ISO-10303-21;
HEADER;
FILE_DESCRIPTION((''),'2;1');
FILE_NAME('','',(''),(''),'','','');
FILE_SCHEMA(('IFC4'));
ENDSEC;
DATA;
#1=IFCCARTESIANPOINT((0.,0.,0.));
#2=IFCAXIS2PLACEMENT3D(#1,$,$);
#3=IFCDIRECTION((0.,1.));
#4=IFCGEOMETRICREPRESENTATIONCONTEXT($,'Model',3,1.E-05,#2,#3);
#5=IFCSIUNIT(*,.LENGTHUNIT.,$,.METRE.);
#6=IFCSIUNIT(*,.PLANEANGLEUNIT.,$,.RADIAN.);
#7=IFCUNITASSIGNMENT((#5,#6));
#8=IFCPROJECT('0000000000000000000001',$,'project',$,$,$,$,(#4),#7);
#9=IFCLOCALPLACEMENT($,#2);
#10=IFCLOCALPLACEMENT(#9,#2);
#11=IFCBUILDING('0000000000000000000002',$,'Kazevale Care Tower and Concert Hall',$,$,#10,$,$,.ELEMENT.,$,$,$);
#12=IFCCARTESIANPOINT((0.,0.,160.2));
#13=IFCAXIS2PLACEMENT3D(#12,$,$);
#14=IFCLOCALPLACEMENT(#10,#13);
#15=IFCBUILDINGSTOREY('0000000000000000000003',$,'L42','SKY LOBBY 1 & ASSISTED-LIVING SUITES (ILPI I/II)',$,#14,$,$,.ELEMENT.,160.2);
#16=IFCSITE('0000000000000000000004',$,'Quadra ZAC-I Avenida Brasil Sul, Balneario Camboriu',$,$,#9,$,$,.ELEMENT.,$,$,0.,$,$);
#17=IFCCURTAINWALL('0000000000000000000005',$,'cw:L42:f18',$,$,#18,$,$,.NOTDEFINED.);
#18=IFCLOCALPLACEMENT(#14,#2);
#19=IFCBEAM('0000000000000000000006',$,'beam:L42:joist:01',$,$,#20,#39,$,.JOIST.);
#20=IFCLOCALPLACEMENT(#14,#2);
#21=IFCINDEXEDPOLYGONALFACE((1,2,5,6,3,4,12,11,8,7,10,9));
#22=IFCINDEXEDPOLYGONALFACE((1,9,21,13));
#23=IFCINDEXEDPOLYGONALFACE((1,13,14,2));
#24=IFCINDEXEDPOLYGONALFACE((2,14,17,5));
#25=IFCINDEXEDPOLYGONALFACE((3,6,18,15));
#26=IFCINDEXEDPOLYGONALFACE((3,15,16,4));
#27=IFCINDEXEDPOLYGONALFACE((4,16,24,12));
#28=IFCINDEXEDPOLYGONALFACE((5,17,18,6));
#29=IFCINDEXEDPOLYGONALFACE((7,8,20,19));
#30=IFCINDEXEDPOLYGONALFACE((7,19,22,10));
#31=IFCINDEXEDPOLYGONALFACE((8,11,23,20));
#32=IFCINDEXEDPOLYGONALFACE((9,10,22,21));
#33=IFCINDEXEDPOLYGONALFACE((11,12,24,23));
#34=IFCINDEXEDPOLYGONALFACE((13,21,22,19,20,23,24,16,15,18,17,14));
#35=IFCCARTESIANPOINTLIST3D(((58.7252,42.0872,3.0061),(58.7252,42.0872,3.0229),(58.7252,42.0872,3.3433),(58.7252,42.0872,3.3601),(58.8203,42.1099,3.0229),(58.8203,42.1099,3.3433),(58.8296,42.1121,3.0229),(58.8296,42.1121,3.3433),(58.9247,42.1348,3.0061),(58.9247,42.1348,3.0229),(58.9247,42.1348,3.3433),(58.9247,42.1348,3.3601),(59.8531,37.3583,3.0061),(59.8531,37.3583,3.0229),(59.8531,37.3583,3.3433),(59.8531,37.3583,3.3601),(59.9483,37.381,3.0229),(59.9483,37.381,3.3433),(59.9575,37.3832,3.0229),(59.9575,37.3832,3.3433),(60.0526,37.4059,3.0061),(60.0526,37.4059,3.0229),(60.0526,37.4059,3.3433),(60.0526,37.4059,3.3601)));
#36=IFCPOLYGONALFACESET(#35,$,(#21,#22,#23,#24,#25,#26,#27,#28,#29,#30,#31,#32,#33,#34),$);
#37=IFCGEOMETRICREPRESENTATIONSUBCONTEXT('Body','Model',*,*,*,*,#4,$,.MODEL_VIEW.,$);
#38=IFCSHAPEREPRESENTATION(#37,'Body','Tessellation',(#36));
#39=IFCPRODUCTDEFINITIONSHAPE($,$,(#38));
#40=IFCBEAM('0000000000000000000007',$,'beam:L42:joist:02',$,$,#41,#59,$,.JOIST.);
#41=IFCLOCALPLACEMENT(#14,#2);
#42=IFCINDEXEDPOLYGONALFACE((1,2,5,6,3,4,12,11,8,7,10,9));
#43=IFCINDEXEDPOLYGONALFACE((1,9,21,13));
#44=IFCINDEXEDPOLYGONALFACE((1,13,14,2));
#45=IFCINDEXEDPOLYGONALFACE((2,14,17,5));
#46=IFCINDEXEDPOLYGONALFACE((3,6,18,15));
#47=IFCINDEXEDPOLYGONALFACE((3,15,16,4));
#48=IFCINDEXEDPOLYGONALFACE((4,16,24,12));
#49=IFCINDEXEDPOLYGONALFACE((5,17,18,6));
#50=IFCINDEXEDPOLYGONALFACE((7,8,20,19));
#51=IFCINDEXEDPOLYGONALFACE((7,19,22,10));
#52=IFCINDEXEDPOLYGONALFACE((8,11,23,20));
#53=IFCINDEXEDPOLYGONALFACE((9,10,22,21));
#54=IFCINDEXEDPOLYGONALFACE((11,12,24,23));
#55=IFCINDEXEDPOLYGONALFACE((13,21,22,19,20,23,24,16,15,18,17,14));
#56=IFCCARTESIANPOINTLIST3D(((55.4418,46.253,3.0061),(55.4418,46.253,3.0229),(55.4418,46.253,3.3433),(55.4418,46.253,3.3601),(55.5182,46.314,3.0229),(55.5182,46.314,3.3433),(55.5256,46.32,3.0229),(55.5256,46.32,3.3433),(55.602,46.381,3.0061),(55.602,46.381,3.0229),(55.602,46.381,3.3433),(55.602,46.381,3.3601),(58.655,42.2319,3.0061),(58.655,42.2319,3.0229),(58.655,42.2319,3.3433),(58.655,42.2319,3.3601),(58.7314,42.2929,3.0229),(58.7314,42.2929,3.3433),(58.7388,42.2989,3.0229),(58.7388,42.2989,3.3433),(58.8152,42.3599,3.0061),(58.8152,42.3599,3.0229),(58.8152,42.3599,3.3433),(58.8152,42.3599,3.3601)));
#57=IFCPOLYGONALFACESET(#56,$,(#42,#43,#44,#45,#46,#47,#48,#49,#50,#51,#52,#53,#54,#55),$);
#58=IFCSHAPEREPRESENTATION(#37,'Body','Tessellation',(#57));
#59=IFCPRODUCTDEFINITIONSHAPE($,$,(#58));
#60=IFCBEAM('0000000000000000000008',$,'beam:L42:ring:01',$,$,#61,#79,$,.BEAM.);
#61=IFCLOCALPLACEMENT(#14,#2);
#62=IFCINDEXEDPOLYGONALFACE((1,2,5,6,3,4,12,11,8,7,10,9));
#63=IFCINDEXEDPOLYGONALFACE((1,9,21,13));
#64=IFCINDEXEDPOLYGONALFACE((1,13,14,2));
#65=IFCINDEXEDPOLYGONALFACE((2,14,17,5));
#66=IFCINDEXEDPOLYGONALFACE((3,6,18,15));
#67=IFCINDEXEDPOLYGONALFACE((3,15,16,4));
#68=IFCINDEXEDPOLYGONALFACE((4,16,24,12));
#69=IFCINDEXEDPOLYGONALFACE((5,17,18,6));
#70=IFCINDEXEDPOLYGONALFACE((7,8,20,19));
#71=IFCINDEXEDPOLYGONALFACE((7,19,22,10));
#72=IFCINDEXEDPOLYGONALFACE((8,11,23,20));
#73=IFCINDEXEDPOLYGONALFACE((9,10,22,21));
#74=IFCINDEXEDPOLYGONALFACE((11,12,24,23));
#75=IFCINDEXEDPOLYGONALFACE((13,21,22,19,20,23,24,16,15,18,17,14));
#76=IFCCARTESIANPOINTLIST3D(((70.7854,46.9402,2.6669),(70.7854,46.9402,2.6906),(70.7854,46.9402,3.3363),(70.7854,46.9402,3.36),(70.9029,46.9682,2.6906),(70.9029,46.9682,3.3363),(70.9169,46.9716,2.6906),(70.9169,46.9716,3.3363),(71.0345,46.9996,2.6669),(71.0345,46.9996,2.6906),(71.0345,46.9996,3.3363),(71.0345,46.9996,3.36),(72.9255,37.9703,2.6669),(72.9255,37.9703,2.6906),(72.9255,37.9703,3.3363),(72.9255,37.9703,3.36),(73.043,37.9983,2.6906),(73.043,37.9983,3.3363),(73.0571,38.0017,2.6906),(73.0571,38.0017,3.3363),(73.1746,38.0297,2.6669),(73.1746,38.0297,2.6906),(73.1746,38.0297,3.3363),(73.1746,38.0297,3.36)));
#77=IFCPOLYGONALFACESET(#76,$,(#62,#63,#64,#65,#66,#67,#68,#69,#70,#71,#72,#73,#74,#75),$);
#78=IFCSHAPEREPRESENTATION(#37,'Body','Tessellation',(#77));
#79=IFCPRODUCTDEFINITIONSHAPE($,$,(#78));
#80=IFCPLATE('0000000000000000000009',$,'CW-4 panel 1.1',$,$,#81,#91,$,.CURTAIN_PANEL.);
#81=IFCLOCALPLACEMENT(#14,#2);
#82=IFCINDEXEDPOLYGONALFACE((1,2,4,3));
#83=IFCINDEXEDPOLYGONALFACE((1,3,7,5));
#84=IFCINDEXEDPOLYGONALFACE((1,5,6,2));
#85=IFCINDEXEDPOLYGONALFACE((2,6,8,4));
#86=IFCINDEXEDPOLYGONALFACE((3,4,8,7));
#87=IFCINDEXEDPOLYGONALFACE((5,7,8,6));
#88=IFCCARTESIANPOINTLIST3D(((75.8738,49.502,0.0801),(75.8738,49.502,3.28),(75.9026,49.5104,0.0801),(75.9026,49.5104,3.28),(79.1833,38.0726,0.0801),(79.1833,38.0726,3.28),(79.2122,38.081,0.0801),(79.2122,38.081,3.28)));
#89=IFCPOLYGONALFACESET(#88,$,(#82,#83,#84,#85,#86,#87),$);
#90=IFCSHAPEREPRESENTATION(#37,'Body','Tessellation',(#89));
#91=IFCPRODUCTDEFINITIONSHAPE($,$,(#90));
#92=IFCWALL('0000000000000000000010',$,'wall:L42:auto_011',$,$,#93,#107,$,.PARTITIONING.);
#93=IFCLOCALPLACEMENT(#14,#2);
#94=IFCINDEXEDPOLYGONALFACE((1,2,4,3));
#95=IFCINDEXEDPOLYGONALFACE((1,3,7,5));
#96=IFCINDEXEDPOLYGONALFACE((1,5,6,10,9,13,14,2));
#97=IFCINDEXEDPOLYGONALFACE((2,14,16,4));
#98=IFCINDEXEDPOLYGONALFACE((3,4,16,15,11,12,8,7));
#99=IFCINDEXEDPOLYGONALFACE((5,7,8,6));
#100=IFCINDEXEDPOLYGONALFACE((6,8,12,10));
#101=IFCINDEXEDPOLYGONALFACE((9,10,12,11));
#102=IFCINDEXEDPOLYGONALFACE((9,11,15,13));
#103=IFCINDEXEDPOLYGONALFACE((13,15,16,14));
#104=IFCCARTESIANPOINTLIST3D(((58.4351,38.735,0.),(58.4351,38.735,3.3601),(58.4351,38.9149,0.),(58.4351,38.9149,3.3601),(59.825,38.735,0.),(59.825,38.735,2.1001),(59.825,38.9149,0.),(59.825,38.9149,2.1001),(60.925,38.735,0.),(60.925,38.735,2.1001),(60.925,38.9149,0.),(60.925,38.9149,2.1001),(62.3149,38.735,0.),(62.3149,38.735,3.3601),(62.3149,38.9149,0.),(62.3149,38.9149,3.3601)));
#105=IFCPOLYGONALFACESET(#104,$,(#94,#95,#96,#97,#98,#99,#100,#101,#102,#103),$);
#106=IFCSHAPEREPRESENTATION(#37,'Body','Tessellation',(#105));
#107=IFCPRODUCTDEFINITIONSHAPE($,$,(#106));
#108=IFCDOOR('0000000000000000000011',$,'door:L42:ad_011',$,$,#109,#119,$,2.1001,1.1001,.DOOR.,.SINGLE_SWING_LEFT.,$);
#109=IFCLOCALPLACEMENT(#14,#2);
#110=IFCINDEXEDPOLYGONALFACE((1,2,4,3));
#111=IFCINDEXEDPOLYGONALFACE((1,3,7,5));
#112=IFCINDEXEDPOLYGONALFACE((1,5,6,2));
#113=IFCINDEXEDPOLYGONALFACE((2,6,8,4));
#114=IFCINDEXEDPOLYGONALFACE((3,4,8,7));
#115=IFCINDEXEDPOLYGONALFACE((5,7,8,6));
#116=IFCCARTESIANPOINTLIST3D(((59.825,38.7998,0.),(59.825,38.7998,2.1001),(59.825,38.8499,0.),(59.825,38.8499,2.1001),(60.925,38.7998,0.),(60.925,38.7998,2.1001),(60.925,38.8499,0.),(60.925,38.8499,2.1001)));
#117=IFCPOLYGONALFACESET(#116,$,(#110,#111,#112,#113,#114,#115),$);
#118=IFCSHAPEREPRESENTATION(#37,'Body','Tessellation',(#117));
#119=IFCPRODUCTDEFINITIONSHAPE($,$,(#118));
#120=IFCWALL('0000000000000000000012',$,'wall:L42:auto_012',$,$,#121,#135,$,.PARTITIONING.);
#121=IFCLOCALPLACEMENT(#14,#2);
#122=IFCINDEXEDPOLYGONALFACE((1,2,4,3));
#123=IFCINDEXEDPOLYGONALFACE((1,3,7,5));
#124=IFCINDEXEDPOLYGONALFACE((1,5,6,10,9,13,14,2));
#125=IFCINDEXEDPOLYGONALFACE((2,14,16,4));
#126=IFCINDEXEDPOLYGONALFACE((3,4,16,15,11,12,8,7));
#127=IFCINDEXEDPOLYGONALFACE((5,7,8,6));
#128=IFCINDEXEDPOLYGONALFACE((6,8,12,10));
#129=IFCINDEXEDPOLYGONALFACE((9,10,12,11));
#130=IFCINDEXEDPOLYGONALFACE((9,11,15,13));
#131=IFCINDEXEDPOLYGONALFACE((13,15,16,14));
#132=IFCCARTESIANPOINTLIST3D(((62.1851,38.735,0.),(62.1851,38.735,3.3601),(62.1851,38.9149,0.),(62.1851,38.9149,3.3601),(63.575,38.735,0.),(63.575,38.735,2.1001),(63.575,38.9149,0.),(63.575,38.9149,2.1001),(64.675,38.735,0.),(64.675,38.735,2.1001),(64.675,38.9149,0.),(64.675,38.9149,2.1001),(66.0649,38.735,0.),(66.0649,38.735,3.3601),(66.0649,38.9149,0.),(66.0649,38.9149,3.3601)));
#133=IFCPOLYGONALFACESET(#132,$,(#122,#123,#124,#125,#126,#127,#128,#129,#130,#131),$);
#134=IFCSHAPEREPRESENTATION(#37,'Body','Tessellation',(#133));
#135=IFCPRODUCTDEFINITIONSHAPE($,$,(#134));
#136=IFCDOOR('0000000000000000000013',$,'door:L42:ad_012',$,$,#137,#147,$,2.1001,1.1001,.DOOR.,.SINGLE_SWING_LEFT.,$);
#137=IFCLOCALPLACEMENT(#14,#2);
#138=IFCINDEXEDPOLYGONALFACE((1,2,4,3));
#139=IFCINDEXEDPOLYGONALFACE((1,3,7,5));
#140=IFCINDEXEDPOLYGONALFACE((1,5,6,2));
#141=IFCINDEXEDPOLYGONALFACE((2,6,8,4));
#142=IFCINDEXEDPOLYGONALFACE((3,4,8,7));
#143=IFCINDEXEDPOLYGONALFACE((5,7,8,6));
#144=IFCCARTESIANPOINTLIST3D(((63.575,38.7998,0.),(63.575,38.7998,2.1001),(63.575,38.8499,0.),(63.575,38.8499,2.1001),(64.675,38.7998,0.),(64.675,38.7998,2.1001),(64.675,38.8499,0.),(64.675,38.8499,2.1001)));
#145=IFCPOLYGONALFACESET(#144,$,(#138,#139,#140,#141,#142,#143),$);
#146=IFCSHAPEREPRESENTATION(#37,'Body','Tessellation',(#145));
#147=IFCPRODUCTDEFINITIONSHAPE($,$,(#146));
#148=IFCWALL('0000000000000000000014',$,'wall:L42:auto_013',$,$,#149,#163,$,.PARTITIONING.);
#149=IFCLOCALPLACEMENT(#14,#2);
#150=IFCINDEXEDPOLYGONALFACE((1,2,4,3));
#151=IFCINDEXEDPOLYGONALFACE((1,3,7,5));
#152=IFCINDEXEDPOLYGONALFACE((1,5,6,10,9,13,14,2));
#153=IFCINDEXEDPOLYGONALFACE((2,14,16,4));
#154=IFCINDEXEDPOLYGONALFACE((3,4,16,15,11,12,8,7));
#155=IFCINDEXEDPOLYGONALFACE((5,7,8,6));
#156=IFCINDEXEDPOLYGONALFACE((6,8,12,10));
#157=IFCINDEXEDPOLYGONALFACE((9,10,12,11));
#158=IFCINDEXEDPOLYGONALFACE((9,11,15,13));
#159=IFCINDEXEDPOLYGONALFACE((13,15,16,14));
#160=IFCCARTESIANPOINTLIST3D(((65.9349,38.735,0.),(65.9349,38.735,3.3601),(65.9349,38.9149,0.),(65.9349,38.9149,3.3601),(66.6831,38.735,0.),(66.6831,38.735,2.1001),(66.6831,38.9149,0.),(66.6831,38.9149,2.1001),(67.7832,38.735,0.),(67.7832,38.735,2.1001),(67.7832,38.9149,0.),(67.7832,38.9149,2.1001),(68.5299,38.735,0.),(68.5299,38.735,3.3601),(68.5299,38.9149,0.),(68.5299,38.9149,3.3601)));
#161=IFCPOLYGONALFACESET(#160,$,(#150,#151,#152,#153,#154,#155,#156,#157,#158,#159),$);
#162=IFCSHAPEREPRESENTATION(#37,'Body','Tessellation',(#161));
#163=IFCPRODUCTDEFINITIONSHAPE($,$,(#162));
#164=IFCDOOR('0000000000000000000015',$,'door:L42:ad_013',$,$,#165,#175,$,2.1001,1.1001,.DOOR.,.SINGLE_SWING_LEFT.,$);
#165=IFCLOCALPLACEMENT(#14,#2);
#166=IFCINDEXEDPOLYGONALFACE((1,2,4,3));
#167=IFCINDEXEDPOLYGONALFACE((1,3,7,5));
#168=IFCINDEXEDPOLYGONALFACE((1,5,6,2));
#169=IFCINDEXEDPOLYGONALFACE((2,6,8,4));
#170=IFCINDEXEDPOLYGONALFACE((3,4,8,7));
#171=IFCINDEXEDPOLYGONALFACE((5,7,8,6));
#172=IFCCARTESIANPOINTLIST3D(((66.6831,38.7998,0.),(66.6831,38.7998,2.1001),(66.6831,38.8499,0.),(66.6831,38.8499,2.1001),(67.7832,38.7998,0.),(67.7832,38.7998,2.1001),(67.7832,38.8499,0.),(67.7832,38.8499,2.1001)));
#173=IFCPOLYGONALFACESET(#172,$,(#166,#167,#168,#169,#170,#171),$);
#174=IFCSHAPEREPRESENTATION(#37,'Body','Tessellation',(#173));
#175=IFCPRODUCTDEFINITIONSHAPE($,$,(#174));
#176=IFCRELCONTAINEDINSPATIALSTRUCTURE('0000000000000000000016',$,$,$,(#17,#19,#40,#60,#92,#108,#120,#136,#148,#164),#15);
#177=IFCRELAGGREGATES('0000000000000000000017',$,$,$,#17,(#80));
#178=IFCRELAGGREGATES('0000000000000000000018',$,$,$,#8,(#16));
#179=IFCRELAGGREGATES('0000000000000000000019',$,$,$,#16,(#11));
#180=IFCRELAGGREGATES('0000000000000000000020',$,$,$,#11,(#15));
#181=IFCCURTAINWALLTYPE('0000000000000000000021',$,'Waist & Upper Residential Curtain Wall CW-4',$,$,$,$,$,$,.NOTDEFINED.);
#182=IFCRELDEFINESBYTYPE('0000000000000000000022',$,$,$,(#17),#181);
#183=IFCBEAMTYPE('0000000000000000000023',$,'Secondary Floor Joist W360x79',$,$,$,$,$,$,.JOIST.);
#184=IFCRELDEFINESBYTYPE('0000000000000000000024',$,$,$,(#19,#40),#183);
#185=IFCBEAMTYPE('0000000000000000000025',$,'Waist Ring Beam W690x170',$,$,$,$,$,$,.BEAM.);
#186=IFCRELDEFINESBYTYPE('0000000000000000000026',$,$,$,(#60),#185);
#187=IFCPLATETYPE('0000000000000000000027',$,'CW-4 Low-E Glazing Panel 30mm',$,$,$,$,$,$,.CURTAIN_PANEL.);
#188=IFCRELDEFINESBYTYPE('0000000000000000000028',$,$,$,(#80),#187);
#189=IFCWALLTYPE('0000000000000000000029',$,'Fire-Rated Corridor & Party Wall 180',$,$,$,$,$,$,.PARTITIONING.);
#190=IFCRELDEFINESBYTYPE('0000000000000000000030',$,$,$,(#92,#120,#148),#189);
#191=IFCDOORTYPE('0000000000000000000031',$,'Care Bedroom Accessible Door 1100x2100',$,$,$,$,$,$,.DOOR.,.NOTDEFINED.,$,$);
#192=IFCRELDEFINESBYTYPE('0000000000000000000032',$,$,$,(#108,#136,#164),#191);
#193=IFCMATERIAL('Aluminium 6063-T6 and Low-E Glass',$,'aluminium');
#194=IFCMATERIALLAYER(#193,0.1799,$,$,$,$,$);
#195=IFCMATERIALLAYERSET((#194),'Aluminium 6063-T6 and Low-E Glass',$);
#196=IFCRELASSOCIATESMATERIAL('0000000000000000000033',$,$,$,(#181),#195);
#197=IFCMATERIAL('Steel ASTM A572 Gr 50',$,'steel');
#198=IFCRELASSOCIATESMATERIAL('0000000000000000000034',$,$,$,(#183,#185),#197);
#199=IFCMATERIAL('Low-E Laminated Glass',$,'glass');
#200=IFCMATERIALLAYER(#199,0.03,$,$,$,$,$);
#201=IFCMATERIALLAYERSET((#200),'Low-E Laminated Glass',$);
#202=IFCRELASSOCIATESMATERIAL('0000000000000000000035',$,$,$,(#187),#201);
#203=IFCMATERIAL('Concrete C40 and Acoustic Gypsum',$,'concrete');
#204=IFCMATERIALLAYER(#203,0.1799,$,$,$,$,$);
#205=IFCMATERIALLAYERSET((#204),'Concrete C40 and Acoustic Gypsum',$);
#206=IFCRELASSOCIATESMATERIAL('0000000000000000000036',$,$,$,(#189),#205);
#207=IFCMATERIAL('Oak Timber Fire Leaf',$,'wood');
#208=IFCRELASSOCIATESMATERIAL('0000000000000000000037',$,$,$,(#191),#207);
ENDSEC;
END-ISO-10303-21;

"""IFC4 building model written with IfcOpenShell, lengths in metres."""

from ifc_helpers import new_model, si_unit, direction, frame, frame_2d, origin, origin_2d, place, context, subcontext, project, spatial, rectangle, i_section, extrude, material, layer, layer_set, material_profile, profile_set, type_object, element, fill, aggregate, save


model = new_model("IFC4")

# Units and contexts
model_context = context("Model", 3, precision=1e-05, world=origin(), true_north=direction((0.0, 1.0)))
body_context = subcontext(model_context, "Body", "Model", "MODEL_VIEW")
ifc_project = project(units=[si_unit("LENGTHUNIT", "METRE"), si_unit("PLANEANGLEUNIT", "RADIAN")], contexts=[model_context])

# Site, building, storey
site_placement = place(None, origin())
site = spatial("IfcSite", under=ifc_project, at=site_placement, Name="Quadra ZAC-I Avenida Brasil Sul, Balneario Camboriu", CompositionType="ELEMENT", RefElevation=0.0)
building_placement = place(site_placement, origin())
building = spatial("IfcBuilding", under=site, at=building_placement, Name="Kazevale Care Tower and Concert Hall", CompositionType="ELEMENT")
storey_placement = place(building_placement, frame((0.0, 0.0, 160.2)))
storey = spatial("IfcBuildingStorey", under=building, at=storey_placement, Name="L42", Description="SKY LOBBY 1 & ASSISTED-LIVING SUITES (ILPI I/II)", CompositionType="ELEMENT", Elevation=160.2)

# Curtain wall
ifc_material_1 = material(Name="Aluminium 6063-T6 and Low-E Glass", Category="aluminium")
ifc_layer_1 = layer(ifc_material_1, 0.1799)
ifc_layer_set_1 = layer_set([ifc_layer_1], Name="Aluminium 6063-T6 and Low-E Glass")
curtain_wall_type = type_object("IfcCurtainWallType", Name="Waist & Upper Residential Curtain Wall CW-4", PredefinedType="NOTDEFINED", material=ifc_layer_set_1)
curtain_wall_1_placement = place(storey_placement, origin())
curtain_wall_1 = element("IfcCurtainWall", 1, at=curtain_wall_1_placement, inside=storey, type_object=curtain_wall_type, Name="cw:L42:f18", PredefinedType="NOTDEFINED")

# Beams
ifc_material_2 = material(Name="Steel ASTM A572 Gr 50", Category="steel")
ifc_material_profile_1 = material_profile(ifc_material_2, i_section(OverallWidth=0.2051, OverallDepth=0.354, WebThickness=0.0095, FlangeThickness=0.0168, at=origin_2d()), Name="W360x79")
ifc_profile_set_1 = profile_set([ifc_material_profile_1], Name="Steel ASTM A572 Gr 50")
beam_type_1 = type_object("IfcBeamType", Name="Secondary Floor Joist W360x79", PredefinedType="JOIST", material=ifc_profile_set_1)
beam_1_placement = place(storey_placement, frame((59.9529, 37.3821, 3.1831), z_axis=(-0.232005, 0.972715, 0.0), x_axis=(-0.972715, -0.232005, 0.0)))
element("IfcBeam", 2, at=beam_1_placement, inside=storey, type_object=beam_type_1, Name="beam:L42:joist:01", PredefinedType="JOIST", context=body_context, shape_type="SweptSolid", body=[
    extrude(i_section(OverallWidth=0.2051, OverallDepth=0.354, WebThickness=0.0095, FlangeThickness=0.0168, at=origin_2d()), origin(), (0.0, 0.0, 1.0), 4.8616),
])
beam_2_placement = place(storey_placement, frame((58.7351, 42.2959, 3.1831), z_axis=(-0.624261, 0.781216, 0.0), x_axis=(-0.781216, -0.624261, 0.0)))
element("IfcBeam", 3, at=beam_2_placement, inside=storey, type_object=beam_type_1, Name="beam:L42:joist:02", PredefinedType="JOIST", context=body_context, shape_type="SweptSolid", body=[
    extrude(i_section(OverallWidth=0.2051, OverallDepth=0.354, WebThickness=0.0095, FlangeThickness=0.0168, at=origin_2d()), origin(), (0.0, 0.0, 1.0), 5.1472),
])
ifc_material_profile_2 = material_profile(ifc_material_2, i_section(OverallWidth=0.2561, OverallDepth=0.6931, WebThickness=0.0144, FlangeThickness=0.0237, at=origin_2d()), Name="W690x170")
ifc_profile_set_2 = profile_set([ifc_material_profile_2], Name="Steel ASTM A572 Gr 50")
beam_type_2 = type_object("IfcBeamType", Name="Waist Ring Beam W690x170", PredefinedType="BEAM", material=ifc_profile_set_2)
beam_3_placement = place(storey_placement, frame((73.05, 38.0, 3.0134), z_axis=(-0.232075, 0.972698, 0.0), x_axis=(-0.972698, -0.232075, 0.0)))
element("IfcBeam", 4, at=beam_3_placement, inside=storey, type_object=beam_type_2, Name="beam:L42:ring:01", PredefinedType="BEAM", context=body_context, shape_type="SweptSolid", body=[
    extrude(i_section(OverallWidth=0.2561, OverallDepth=0.6931, WebThickness=0.0144, FlangeThickness=0.0237, at=origin_2d()), origin(), (0.0, 0.0, 1.0), 9.2217),
])

# Plate
ifc_material_3 = material(Name="Low-E Laminated Glass", Category="glass")
ifc_layer_2 = layer(ifc_material_3, 0.03)
ifc_layer_set_2 = layer_set([ifc_layer_2], Name="Low-E Laminated Glass")
plate_type = type_object("IfcPlateType", Name="CW-4 Low-E Glazing Panel 30mm", PredefinedType="CURTAIN_PANEL", material=ifc_layer_set_2)
plate_placement = place(storey_placement, frame((77.543, 43.7915, 0.0801), z_axis=(0.0, 0.0, 1.0), x_axis=(0.278137, -0.960542, 0.0)))
plate = element("IfcPlate", 5, at=plate_placement, type_object=plate_type, Name="CW-4 panel 1.1", PredefinedType="CURTAIN_PANEL", context=body_context, shape_type="SweptSolid", body=[
    extrude(rectangle(XDim=11.8989, YDim=0.03, at=origin_2d()), origin(), (0.0, 0.0, 1.0), 3.2),
])
aggregate(curtain_wall_1, [plate])

# Walls, openings, doors
ifc_material_4 = material(Name="Concrete C40 and Acoustic Gypsum", Category="concrete")
ifc_layer_3 = layer(ifc_material_4, 0.1799)
ifc_layer_set_3 = layer_set([ifc_layer_3], Name="Concrete C40 and Acoustic Gypsum")
wall_type = type_object("IfcWallType", Name="Fire-Rated Corridor & Party Wall 180", PredefinedType="PARTITIONING", material=ifc_layer_set_3)
wall_1_placement = place(storey_placement, frame((58.4351, 38.825, 0.0), z_axis=(0.0, 0.0, 1.0), x_axis=(1.0, 0.0, 0.0)))
wall_1 = element("IfcWall", 6, at=wall_1_placement, inside=storey, type_object=wall_type, Name="wall:L42:auto_011", PredefinedType="PARTITIONING", context=body_context, shape_type="SweptSolid", body=[
    extrude(rectangle(XDim=3.8799, YDim=0.1799, at=frame_2d((1.9399, 0.0))), origin(), (0.0, 0.0, 1.0), 3.3601),
])
opening_1_placement = place(wall_1_placement, frame((1.3899, 0.0, 0.0)))
opening_1 = element("IfcOpeningElement", 7, at=opening_1_placement, cuts=wall_1, PredefinedType="OPENING", context=body_context, shape_type="SweptSolid", body=[
    extrude(rectangle(XDim=1.1001, YDim=2.1001, at=frame_2d((0.55, 1.05))), frame((0.0, 0.0999, 0.0), z_axis=(0.0, -1.0, 0.0), x_axis=(1.0, 0.0, 0.0)), (0.0, 0.0, 1.0), 0.2),
])
ifc_material_5 = material(Name="Oak Timber Fire Leaf", Category="wood")
door_type = type_object("IfcDoorType", Name="Care Bedroom Accessible Door 1100x2100", OperationType="NOTDEFINED", PredefinedType="DOOR", material=ifc_material_5)
door_1_placement = place(opening_1_placement, origin())
door_1 = element("IfcDoor", 8, at=door_1_placement, inside=storey, type_object=door_type, Name="door:L42:ad_011", OperationType="SINGLE_SWING_LEFT", OverallHeight=2.1001, OverallWidth=1.1001, PredefinedType="DOOR", context=body_context, shape_type="SweptSolid", body=[
    extrude(rectangle(XDim=1.1001, YDim=2.1001, at=frame_2d((0.55, 1.05))), frame((0.0, 0.0249, 0.0), z_axis=(0.0, -1.0, 0.0), x_axis=(1.0, 0.0, 0.0)), (0.0, 0.0, 1.0), 0.05),
])
fill(opening_1, door_1)
wall_2_placement = place(storey_placement, frame((62.1851, 38.825, 0.0), z_axis=(0.0, 0.0, 1.0), x_axis=(1.0, 0.0, 0.0)))
wall_2 = element("IfcWall", 9, at=wall_2_placement, inside=storey, type_object=wall_type, Name="wall:L42:auto_012", PredefinedType="PARTITIONING", context=body_context, shape_type="SweptSolid", body=[
    extrude(rectangle(XDim=3.8799, YDim=0.1799, at=frame_2d((1.9399, 0.0))), origin(), (0.0, 0.0, 1.0), 3.3601),
])
opening_2_placement = place(wall_2_placement, frame((1.3899, 0.0, 0.0)))
opening_2 = element("IfcOpeningElement", 10, at=opening_2_placement, cuts=wall_2, PredefinedType="OPENING", context=body_context, shape_type="SweptSolid", body=[
    extrude(rectangle(XDim=1.1001, YDim=2.1001, at=frame_2d((0.55, 1.05))), frame((0.0, 0.0999, 0.0), z_axis=(0.0, -1.0, 0.0), x_axis=(1.0, 0.0, 0.0)), (0.0, 0.0, 1.0), 0.2),
])
door_2_placement = place(opening_2_placement, origin())
door_2 = element("IfcDoor", 11, at=door_2_placement, inside=storey, type_object=door_type, Name="door:L42:ad_012", OperationType="SINGLE_SWING_LEFT", OverallHeight=2.1001, OverallWidth=1.1001, PredefinedType="DOOR", context=body_context, shape_type="SweptSolid", body=[
    extrude(rectangle(XDim=1.1001, YDim=2.1001, at=frame_2d((0.55, 1.05))), frame((0.0, 0.0249, 0.0), z_axis=(0.0, -1.0, 0.0), x_axis=(1.0, 0.0, 0.0)), (0.0, 0.0, 1.0), 0.05),
])
fill(opening_2, door_2)
wall_3_placement = place(storey_placement, frame((65.9351, 38.825, 0.0), z_axis=(0.0, 0.0, 1.0), x_axis=(1.0, 0.0, 0.0)))
wall_3 = element("IfcWall", 12, at=wall_3_placement, inside=storey, type_object=wall_type, Name="wall:L42:auto_013", PredefinedType="PARTITIONING", context=body_context, shape_type="SweptSolid", body=[
    extrude(rectangle(XDim=2.595, YDim=0.1799, at=frame_2d((1.2974, 0.0))), origin(), (0.0, 0.0, 1.0), 3.3601),
])
opening_3_placement = place(wall_3_placement, frame((0.748, 0.0, 0.0)))
opening_3 = element("IfcOpeningElement", 13, at=opening_3_placement, cuts=wall_3, PredefinedType="OPENING", context=body_context, shape_type="SweptSolid", body=[
    extrude(rectangle(XDim=1.1001, YDim=2.1001, at=frame_2d((0.55, 1.05))), frame((0.0, 0.0999, 0.0), z_axis=(0.0, -1.0, 0.0), x_axis=(1.0, 0.0, 0.0)), (0.0, 0.0, 1.0), 0.2),
])
door_3_placement = place(opening_3_placement, origin())
door_3 = element("IfcDoor", 14, at=door_3_placement, inside=storey, type_object=door_type, Name="door:L42:ad_013", OperationType="SINGLE_SWING_LEFT", OverallHeight=2.1001, OverallWidth=1.1001, PredefinedType="DOOR", context=body_context, shape_type="SweptSolid", body=[
    extrude(rectangle(XDim=1.1001, YDim=2.1001, at=frame_2d((0.55, 1.05))), frame((0.0, 0.0249, 0.0), z_axis=(0.0, -1.0, 0.0), x_axis=(1.0, 0.0, 0.0)), (0.0, 0.0, 1.0), 0.05),
])
fill(opening_3, door_3)

save(model, "model.ifc")
